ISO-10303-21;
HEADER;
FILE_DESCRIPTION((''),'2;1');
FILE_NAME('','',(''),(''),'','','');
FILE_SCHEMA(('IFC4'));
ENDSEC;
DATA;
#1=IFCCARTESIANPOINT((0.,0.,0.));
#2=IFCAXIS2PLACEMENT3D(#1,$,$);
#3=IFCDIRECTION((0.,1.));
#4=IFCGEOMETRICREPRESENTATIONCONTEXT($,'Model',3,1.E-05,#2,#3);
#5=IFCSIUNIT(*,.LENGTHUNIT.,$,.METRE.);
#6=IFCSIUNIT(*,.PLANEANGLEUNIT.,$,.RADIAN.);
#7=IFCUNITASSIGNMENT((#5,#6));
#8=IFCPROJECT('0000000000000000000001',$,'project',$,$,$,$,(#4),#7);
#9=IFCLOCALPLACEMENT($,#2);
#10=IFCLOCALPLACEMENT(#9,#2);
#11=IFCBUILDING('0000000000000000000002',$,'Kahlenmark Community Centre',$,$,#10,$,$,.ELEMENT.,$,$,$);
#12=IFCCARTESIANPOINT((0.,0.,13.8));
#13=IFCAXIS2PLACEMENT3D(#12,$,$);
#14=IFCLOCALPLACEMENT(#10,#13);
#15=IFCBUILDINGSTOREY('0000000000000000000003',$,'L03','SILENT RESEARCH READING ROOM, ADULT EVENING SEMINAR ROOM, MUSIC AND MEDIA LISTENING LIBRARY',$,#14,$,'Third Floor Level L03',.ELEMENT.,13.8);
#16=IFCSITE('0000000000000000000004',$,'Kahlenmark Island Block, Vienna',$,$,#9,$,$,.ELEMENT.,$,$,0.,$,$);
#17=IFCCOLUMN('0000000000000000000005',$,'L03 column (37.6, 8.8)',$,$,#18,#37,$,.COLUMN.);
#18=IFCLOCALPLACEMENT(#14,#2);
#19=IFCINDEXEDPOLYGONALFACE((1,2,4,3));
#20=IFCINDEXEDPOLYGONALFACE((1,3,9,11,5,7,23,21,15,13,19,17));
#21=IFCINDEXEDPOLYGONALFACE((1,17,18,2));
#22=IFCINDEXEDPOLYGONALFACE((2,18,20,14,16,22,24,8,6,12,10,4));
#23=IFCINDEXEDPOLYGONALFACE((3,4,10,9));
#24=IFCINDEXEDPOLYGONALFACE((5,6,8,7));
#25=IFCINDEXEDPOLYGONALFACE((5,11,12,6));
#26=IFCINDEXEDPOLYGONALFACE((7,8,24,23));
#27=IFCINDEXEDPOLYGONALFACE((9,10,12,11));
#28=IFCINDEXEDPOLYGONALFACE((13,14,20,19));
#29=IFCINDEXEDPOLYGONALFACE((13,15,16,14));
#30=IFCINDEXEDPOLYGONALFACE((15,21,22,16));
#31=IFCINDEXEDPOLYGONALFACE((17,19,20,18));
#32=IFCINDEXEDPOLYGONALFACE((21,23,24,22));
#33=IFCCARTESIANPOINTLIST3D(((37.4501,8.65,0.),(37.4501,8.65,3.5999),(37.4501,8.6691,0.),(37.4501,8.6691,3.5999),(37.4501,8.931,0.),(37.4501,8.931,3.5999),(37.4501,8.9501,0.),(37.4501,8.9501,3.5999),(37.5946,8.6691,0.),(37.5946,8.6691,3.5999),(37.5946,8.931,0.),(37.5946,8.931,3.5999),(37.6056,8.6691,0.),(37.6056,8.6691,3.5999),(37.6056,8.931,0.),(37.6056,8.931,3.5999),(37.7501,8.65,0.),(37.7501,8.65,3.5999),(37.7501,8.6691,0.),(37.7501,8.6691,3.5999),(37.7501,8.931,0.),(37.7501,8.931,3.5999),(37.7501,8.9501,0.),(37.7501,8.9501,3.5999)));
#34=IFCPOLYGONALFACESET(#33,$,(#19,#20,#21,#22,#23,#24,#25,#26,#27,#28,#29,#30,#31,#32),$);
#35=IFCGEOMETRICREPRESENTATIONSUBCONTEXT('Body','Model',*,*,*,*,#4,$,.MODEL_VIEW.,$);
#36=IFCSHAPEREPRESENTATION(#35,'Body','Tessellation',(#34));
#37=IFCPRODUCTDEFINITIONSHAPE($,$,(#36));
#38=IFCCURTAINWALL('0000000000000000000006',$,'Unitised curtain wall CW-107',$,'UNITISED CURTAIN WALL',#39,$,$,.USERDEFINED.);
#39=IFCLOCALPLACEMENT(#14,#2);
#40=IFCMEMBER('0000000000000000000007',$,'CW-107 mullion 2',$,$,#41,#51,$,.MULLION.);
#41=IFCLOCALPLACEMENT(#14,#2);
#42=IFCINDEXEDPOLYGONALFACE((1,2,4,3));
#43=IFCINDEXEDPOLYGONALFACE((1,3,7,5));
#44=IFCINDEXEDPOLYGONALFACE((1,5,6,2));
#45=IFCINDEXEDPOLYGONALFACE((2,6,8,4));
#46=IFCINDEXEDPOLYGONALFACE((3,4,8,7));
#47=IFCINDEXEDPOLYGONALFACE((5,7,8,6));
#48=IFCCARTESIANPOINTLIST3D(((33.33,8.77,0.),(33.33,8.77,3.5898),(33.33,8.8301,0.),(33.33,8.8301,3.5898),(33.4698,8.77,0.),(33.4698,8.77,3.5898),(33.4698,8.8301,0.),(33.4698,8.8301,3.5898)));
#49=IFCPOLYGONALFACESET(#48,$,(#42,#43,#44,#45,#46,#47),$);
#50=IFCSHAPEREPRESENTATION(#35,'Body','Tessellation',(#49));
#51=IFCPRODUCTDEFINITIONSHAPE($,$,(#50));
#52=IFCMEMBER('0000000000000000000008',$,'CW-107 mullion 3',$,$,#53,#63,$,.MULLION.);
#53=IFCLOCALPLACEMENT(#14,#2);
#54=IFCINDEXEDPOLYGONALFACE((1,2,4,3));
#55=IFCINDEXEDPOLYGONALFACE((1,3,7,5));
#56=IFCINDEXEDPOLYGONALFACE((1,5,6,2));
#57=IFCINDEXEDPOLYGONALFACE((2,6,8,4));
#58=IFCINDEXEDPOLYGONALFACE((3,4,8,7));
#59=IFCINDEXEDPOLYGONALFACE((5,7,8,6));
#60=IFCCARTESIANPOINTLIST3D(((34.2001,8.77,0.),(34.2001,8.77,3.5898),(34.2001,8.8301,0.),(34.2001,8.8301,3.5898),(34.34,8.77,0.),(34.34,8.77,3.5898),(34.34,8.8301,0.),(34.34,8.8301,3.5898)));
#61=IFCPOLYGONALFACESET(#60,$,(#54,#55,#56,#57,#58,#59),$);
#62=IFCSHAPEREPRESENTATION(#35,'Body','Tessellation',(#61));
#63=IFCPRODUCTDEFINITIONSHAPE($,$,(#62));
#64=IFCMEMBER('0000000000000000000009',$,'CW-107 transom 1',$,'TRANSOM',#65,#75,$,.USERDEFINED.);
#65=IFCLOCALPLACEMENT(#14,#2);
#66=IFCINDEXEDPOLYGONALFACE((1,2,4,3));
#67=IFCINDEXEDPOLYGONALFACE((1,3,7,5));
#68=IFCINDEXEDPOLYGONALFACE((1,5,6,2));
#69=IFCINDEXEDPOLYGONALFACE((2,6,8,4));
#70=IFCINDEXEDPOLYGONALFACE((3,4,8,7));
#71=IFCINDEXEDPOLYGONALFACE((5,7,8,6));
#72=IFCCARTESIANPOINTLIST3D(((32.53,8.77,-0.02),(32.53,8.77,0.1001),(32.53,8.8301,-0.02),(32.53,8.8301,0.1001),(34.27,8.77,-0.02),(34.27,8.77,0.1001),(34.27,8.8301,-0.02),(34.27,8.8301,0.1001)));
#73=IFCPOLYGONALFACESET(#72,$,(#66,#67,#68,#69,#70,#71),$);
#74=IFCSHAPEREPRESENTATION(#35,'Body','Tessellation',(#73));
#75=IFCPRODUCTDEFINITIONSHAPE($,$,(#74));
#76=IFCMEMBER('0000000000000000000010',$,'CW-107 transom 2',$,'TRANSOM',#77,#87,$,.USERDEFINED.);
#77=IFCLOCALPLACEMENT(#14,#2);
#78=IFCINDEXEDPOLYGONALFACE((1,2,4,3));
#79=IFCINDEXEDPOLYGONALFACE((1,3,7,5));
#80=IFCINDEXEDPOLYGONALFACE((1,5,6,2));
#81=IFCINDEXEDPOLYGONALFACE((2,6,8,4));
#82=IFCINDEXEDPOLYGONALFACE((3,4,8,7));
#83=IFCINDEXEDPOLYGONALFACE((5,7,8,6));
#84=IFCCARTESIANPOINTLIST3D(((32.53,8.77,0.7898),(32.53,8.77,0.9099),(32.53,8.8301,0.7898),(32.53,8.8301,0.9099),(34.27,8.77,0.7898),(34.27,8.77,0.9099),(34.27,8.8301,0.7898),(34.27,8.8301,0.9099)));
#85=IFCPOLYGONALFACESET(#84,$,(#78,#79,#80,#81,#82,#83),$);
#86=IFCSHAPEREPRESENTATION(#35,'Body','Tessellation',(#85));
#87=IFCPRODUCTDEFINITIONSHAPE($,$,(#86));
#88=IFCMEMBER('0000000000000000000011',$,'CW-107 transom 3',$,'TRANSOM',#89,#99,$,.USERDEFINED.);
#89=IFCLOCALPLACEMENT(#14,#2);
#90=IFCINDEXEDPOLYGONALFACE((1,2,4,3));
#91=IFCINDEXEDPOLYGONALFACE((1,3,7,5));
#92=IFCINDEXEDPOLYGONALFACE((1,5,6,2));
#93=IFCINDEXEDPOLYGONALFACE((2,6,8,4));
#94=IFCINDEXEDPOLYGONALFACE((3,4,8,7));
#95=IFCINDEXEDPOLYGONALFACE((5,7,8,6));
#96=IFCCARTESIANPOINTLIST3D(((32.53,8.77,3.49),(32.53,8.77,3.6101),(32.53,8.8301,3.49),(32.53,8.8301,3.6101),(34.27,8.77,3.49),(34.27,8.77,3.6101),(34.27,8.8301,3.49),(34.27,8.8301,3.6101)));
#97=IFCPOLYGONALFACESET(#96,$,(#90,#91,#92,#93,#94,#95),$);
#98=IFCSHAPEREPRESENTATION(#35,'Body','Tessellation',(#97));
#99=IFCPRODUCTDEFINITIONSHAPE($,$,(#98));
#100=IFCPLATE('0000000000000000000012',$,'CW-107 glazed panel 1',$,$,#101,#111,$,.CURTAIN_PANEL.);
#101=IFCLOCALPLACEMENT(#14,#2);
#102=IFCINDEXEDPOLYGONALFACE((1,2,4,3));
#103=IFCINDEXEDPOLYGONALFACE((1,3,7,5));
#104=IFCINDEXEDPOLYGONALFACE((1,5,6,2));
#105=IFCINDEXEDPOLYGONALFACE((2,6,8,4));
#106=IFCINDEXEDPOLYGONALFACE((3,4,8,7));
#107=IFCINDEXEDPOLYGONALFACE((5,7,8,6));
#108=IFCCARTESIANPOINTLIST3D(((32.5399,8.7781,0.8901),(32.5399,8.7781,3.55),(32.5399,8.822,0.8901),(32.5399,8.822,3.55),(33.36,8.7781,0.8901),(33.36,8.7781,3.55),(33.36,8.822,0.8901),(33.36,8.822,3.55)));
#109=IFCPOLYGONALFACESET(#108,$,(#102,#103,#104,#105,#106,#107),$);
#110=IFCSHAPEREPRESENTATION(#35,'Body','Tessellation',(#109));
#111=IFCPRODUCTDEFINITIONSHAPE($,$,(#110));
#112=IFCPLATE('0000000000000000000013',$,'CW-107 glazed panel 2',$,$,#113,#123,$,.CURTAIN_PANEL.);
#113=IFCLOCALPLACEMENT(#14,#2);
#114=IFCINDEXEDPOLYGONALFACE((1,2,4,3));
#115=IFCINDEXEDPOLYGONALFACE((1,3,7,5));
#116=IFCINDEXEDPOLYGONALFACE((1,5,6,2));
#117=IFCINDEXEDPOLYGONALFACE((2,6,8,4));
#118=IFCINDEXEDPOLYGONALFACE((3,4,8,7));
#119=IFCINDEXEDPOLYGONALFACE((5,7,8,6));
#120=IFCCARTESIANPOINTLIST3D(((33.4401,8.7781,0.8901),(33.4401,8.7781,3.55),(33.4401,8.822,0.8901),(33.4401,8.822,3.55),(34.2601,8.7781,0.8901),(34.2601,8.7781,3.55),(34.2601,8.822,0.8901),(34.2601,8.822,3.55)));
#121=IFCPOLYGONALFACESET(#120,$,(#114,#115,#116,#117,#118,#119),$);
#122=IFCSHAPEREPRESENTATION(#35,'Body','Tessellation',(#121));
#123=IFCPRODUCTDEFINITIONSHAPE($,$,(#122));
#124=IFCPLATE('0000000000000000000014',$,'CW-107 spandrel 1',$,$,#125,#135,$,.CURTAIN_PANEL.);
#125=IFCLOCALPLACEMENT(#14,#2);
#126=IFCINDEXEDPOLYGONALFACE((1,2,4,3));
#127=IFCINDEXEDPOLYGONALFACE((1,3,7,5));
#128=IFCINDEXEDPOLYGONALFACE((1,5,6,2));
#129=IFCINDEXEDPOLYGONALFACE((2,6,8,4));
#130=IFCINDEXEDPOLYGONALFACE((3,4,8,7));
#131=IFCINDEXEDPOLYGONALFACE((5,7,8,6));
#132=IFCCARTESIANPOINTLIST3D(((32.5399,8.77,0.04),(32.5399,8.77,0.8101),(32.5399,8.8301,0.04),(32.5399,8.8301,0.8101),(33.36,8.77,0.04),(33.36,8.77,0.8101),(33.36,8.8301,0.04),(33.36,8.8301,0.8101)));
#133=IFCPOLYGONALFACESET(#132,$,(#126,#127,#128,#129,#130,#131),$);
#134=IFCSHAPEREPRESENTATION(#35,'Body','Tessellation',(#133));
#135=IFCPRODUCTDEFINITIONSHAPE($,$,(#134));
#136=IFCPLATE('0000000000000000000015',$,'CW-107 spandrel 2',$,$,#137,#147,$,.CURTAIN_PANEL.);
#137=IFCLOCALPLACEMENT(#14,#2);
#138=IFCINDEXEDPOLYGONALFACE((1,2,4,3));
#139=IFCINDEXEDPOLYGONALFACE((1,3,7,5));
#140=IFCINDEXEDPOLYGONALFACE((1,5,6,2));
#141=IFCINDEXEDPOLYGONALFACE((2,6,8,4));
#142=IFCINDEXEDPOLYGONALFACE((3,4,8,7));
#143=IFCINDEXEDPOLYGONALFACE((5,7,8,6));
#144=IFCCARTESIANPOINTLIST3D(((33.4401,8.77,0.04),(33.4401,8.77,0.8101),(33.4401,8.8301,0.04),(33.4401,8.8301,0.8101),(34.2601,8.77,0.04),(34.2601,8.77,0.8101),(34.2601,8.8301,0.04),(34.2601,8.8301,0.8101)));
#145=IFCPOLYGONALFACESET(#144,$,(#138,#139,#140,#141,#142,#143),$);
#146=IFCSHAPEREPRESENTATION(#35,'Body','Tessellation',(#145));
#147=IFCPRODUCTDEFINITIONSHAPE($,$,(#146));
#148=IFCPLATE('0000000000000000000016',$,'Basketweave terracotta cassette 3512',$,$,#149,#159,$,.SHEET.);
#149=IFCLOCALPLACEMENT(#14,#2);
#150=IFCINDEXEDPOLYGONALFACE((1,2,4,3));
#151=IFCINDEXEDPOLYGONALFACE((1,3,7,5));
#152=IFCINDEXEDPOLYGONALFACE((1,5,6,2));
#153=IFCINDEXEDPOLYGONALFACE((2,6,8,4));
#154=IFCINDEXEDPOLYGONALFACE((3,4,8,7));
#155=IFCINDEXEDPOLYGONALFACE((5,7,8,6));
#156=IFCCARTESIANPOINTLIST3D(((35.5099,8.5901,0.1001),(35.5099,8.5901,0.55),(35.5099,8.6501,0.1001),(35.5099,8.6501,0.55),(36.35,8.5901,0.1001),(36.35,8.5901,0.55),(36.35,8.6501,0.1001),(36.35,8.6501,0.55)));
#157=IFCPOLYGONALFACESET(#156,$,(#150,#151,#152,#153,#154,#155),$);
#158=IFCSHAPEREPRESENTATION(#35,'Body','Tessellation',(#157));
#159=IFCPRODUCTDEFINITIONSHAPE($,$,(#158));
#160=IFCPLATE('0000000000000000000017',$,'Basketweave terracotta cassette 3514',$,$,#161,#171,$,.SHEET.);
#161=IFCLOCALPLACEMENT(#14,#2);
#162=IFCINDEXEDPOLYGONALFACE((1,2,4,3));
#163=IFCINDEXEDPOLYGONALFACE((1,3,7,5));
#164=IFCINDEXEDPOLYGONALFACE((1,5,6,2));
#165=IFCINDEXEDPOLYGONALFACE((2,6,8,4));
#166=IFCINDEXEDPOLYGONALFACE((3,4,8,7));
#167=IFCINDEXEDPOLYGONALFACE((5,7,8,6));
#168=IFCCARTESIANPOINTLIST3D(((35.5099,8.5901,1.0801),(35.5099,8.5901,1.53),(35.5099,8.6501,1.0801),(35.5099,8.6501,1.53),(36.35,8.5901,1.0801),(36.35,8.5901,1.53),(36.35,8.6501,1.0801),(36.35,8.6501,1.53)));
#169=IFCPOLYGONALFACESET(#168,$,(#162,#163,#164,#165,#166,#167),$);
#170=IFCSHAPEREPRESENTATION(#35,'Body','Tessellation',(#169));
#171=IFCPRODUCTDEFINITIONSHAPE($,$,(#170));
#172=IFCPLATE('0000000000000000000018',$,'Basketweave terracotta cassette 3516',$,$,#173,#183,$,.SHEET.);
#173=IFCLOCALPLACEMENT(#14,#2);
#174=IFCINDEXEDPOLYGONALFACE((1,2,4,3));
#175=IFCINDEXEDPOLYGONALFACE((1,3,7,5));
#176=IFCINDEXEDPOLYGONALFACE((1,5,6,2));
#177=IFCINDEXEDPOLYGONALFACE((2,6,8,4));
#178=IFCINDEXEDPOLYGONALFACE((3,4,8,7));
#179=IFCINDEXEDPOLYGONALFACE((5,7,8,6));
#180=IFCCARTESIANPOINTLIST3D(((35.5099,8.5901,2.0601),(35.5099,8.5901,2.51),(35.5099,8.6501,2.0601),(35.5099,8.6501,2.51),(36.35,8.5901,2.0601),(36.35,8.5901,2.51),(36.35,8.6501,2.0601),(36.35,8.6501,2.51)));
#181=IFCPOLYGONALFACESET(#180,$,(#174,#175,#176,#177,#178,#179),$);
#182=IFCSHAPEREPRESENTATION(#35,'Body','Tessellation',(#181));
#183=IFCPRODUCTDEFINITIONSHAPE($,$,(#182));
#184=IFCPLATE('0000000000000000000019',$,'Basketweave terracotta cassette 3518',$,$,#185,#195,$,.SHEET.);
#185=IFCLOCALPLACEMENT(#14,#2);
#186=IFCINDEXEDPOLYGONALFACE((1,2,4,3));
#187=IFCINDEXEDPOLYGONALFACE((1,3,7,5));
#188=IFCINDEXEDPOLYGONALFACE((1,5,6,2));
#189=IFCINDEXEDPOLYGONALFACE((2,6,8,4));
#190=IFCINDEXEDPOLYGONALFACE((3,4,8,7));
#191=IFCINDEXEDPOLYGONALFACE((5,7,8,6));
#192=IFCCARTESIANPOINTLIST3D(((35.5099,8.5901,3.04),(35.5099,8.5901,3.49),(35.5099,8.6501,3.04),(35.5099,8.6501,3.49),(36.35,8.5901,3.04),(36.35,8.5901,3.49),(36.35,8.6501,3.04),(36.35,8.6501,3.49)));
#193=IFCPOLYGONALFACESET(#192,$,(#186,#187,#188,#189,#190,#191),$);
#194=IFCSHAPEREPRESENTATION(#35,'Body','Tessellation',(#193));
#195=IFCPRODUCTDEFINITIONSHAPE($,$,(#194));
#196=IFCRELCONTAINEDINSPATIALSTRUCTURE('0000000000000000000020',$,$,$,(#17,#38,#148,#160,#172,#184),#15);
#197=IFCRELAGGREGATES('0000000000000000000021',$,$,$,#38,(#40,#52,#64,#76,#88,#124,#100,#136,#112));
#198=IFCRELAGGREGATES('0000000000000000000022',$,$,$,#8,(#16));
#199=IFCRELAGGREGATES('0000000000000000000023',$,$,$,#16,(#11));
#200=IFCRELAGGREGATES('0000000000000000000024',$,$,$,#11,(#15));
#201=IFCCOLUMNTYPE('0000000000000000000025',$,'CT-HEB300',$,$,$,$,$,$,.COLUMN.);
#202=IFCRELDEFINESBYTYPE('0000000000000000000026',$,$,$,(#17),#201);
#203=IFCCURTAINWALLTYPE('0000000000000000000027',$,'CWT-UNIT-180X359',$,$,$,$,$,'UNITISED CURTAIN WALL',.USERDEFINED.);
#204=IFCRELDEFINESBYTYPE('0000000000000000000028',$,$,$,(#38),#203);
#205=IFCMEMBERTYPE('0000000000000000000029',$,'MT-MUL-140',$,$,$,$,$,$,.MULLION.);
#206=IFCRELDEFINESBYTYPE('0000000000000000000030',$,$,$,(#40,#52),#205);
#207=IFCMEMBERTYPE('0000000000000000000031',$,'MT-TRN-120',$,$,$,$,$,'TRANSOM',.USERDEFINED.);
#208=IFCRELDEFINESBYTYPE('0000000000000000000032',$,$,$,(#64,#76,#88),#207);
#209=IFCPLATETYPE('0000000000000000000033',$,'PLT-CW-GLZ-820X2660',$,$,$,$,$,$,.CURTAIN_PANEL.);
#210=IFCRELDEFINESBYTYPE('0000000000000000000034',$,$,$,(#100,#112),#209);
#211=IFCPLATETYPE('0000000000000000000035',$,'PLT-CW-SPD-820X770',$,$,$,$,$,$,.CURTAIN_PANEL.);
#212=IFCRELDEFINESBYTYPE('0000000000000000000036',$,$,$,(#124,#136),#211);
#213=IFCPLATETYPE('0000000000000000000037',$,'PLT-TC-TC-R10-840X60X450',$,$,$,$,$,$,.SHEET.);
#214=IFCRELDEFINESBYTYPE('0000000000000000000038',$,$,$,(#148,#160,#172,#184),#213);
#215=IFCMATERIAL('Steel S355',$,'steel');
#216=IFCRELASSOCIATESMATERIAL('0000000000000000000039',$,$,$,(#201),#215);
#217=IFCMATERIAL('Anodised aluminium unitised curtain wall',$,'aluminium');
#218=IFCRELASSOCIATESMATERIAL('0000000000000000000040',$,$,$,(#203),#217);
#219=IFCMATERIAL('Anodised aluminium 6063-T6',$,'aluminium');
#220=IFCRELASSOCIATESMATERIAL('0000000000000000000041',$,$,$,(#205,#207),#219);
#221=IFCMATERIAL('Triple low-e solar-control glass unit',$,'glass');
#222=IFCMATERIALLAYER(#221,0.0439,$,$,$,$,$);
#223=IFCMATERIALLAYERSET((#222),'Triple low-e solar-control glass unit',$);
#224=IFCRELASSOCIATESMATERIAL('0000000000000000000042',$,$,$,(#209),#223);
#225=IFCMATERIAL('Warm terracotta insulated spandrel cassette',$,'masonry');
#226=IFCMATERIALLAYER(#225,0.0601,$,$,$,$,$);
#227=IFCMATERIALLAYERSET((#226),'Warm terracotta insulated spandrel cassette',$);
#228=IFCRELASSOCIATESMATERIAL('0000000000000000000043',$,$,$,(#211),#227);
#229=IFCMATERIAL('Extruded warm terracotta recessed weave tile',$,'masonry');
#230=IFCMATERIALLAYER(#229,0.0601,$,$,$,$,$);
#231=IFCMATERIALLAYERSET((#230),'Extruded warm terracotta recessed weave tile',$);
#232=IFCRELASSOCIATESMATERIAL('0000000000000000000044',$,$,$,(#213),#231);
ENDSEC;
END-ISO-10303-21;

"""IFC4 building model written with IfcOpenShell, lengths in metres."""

from ifc_helpers import new_model, si_unit, direction, frame, origin, origin_2d, place, context, subcontext, project, spatial, rectangle, i_section, extrude, material, layer, layer_set, material_profile, profile_set, type_object, element, aggregate, save


model = new_model("IFC4")

# Units and contexts
model_context = context("Model", 3, precision=1e-05, world=origin(), true_north=direction((0.0, 1.0)))
body_context = subcontext(model_context, "Body", "Model", "MODEL_VIEW")
ifc_project = project(units=[si_unit("LENGTHUNIT", "METRE"), si_unit("PLANEANGLEUNIT", "RADIAN")], contexts=[model_context])

# Site, building, storey
site_placement = place(None, origin())
site = spatial("IfcSite", under=ifc_project, at=site_placement, Name="Kahlenmark Island Block, Vienna", CompositionType="ELEMENT", RefElevation=0.0)
building_placement = place(site_placement, origin())
building = spatial("IfcBuilding", under=site, at=building_placement, Name="Kahlenmark Community Centre", CompositionType="ELEMENT")
storey_placement = place(building_placement, frame((0.0, 0.0, 13.8)))
storey = spatial("IfcBuildingStorey", under=building, at=storey_placement, Name="L03", Description="SILENT RESEARCH READING ROOM, ADULT EVENING SEMINAR ROOM, MUSIC AND MEDIA LISTENING LIBRARY", LongName="Third Floor Level L03", CompositionType="ELEMENT", Elevation=13.8)

# Column
ifc_material_1 = material(Name="Steel S355", Category="steel")
ifc_material_profile_1 = material_profile(ifc_material_1, i_section(OverallWidth=0.3, OverallDepth=0.3, WebThickness=0.011, FlangeThickness=0.019, at=origin_2d()), Name="HEB 300")
ifc_profile_set_1 = profile_set([ifc_material_profile_1], Name="Steel S355")
column_type = type_object("IfcColumnType", Name="CT-HEB300", PredefinedType="COLUMN", material=ifc_profile_set_1)
column_placement = place(storey_placement, frame((37.6001, 8.8, 0.0), z_axis=(0.0, 0.0, 1.0), x_axis=(1.0, 0.0, 0.0)))
element("IfcColumn", 1, at=column_placement, inside=storey, type_object=column_type, Name="L03 column (37.6, 8.8)", PredefinedType="COLUMN", context=body_context, shape_type="SweptSolid", body=[
    extrude(i_section(OverallWidth=0.3, OverallDepth=0.3, WebThickness=0.011, FlangeThickness=0.019, at=origin_2d()), origin(), (0.0, 0.0, 1.0), 3.5999),
])

# Curtain wall, members, plates
ifc_material_2 = material(Name="Anodised aluminium unitised curtain wall", Category="aluminium")
curtain_wall_type = type_object("IfcCurtainWallType", Name="CWT-UNIT-180X359", ElementType="UNITISED CURTAIN WALL", PredefinedType="USERDEFINED", material=ifc_material_2)
curtain_wall_placement = place(storey_placement, origin())
curtain_wall = element("IfcCurtainWall", 2, at=curtain_wall_placement, inside=storey, type_object=curtain_wall_type, Name="Unitised curtain wall CW-107", ObjectType="UNITISED CURTAIN WALL", PredefinedType="USERDEFINED")
ifc_material_3 = material(Name="Anodised aluminium 6063-T6", Category="aluminium")
ifc_material_profile_2 = material_profile(ifc_material_3, rectangle(XDim=0.0601, YDim=0.1399, at=origin_2d()), Name="ALU MULLION 60x140")
ifc_profile_set_2 = profile_set([ifc_material_profile_2], Name="Anodised aluminium 6063-T6")
member_type_1 = type_object("IfcMemberType", Name="MT-MUL-140", PredefinedType="MULLION", material=ifc_profile_set_2)
member_1_placement = place(storey_placement, frame((33.3999, 8.8, 0.0), z_axis=(0.0, 0.0, 1.0), x_axis=(0.0, 1.0, 0.0)))
member_1 = element("IfcMember", 3, at=member_1_placement, type_object=member_type_1, Name="CW-107 mullion 2", PredefinedType="MULLION", context=body_context, shape_type="SweptSolid", body=[
    extrude(rectangle(XDim=0.0601, YDim=0.1399, at=origin_2d()), origin(), (0.0, 0.0, 1.0), 3.5898),
])
member_2_placement = place(storey_placement, frame((34.27, 8.8, 0.0), z_axis=(0.0, 0.0, 1.0), x_axis=(0.0, 1.0, 0.0)))
member_2 = element("IfcMember", 4, at=member_2_placement, type_object=member_type_1, Name="CW-107 mullion 3", PredefinedType="MULLION", context=body_context, shape_type="SweptSolid", body=[
    extrude(rectangle(XDim=0.0601, YDim=0.1399, at=origin_2d()), origin(), (0.0, 0.0, 1.0), 3.5898),
])
ifc_material_profile_3 = material_profile(ifc_material_3, rectangle(XDim=0.0601, YDim=0.1201, at=origin_2d()), Name="ALU TRANSOM 60x120")
ifc_profile_set_3 = profile_set([ifc_material_profile_3], Name="Anodised aluminium 6063-T6")
member_type_2 = type_object("IfcMemberType", Name="MT-TRN-120", ElementType="TRANSOM", PredefinedType="USERDEFINED", material=ifc_profile_set_3)
member_3_placement = place(storey_placement, frame((32.53, 8.8, 0.04), z_axis=(1.0, 0.0, 0.0), x_axis=(0.0, 1.0, 0.0)))
member_3 = element("IfcMember", 5, at=member_3_placement, type_object=member_type_2, Name="CW-107 transom 1", ObjectType="TRANSOM", PredefinedType="USERDEFINED", context=body_context, shape_type="SweptSolid", body=[
    extrude(rectangle(XDim=0.0601, YDim=0.1201, at=origin_2d()), origin(), (0.0, 0.0, 1.0), 1.74),
])
member_4_placement = place(storey_placement, frame((32.53, 8.8, 0.8499), z_axis=(1.0, 0.0, 0.0), x_axis=(0.0, 1.0, 0.0)))
member_4 = element("IfcMember", 6, at=member_4_placement, type_object=member_type_2, Name="CW-107 transom 2", ObjectType="TRANSOM", PredefinedType="USERDEFINED", context=body_context, shape_type="SweptSolid", body=[
    extrude(rectangle(XDim=0.0601, YDim=0.1201, at=origin_2d()), origin(), (0.0, 0.0, 1.0), 1.74),
])
member_5_placement = place(storey_placement, frame((32.53, 8.8, 3.55), z_axis=(1.0, 0.0, 0.0), x_axis=(0.0, 1.0, 0.0)))
member_5 = element("IfcMember", 7, at=member_5_placement, type_object=member_type_2, Name="CW-107 transom 3", ObjectType="TRANSOM", PredefinedType="USERDEFINED", context=body_context, shape_type="SweptSolid", body=[
    extrude(rectangle(XDim=0.0601, YDim=0.1201, at=origin_2d()), origin(), (0.0, 0.0, 1.0), 1.74),
])
ifc_material_4 = material(Name="Triple low-e solar-control glass unit", Category="glass")
ifc_layer_1 = layer(ifc_material_4, 0.0439)
ifc_layer_set_1 = layer_set([ifc_layer_1], Name="Triple low-e solar-control glass unit")
plate_type_1 = type_object("IfcPlateType", Name="PLT-CW-GLZ-820X2660", PredefinedType="CURTAIN_PANEL", material=ifc_layer_set_1)
plate_1_placement = place(storey_placement, frame((32.95, 8.8, 0.8901), z_axis=(0.0, 0.0, 1.0), x_axis=(1.0, 0.0, 0.0)))
plate_1 = element("IfcPlate", 8, at=plate_1_placement, type_object=plate_type_1, Name="CW-107 glazed panel 1", PredefinedType="CURTAIN_PANEL", context=body_context, shape_type="SweptSolid", body=[
    extrude(rectangle(XDim=0.8201, YDim=0.0439, at=origin_2d()), origin(), (0.0, 0.0, 1.0), 2.6599),
])
plate_2_placement = place(storey_placement, frame((33.8501, 8.8, 0.8901), z_axis=(0.0, 0.0, 1.0), x_axis=(1.0, 0.0, 0.0)))
plate_2 = element("IfcPlate", 9, at=plate_2_placement, type_object=plate_type_1, Name="CW-107 glazed panel 2", PredefinedType="CURTAIN_PANEL", context=body_context, shape_type="SweptSolid", body=[
    extrude(rectangle(XDim=0.8201, YDim=0.0439, at=origin_2d()), origin(), (0.0, 0.0, 1.0), 2.6599),
])
ifc_material_5 = material(Name="Warm terracotta insulated spandrel cassette", Category="masonry")
ifc_layer_2 = layer(ifc_material_5, 0.0601)
ifc_layer_set_2 = layer_set([ifc_layer_2], Name="Warm terracotta insulated spandrel cassette")
plate_type_2 = type_object("IfcPlateType", Name="PLT-CW-SPD-820X770", PredefinedType="CURTAIN_PANEL", material=ifc_layer_set_2)
plate_3_placement = place(storey_placement, frame((32.95, 8.8, 0.04), z_axis=(0.0, 0.0, 1.0), x_axis=(1.0, 0.0, 0.0)))
plate_3 = element("IfcPlate", 10, at=plate_3_placement, type_object=plate_type_2, Name="CW-107 spandrel 1", PredefinedType="CURTAIN_PANEL", context=body_context, shape_type="SweptSolid", body=[
    extrude(rectangle(XDim=0.8201, YDim=0.0601, at=origin_2d()), origin(), (0.0, 0.0, 1.0), 0.77),
])
plate_4_placement = place(storey_placement, frame((33.8501, 8.8, 0.04), z_axis=(0.0, 0.0, 1.0), x_axis=(1.0, 0.0, 0.0)))
plate_4 = element("IfcPlate", 11, at=plate_4_placement, type_object=plate_type_2, Name="CW-107 spandrel 2", PredefinedType="CURTAIN_PANEL", context=body_context, shape_type="SweptSolid", body=[
    extrude(rectangle(XDim=0.8201, YDim=0.0601, at=origin_2d()), origin(), (0.0, 0.0, 1.0), 0.77),
])
aggregate(curtain_wall, [member_1, member_2, member_3, member_4, member_5, plate_3, plate_1, plate_4, plate_2])

# Plates
ifc_material_6 = material(Name="Extruded warm terracotta recessed weave tile", Category="masonry")
ifc_layer_3 = layer(ifc_material_6, 0.0601)
ifc_layer_set_3 = layer_set([ifc_layer_3], Name="Extruded warm terracotta recessed weave tile")
plate_type_3 = type_object("IfcPlateType", Name="PLT-TC-TC-R10-840X60X450", PredefinedType="SHEET", material=ifc_layer_set_3)
for number, where, z_axis, x_axis, name in (
    (12, (35.9299, 8.6201, 0.1001), (0.0, 0.0, 1.0), (1.0, 0.0, 0.0), "Basketweave terracotta cassette 3512"),
    (13, (35.9299, 8.6201, 1.0801), (0.0, 0.0, 1.0), (1.0, 0.0, 0.0), "Basketweave terracotta cassette 3514"),
    (14, (35.9299, 8.6201, 2.0601), (0.0, 0.0, 1.0), (1.0, 0.0, 0.0), "Basketweave terracotta cassette 3516"),
    (15, (35.9299, 8.6201, 3.04), (0.0, 0.0, 1.0), (1.0, 0.0, 0.0), "Basketweave terracotta cassette 3518"),
):
    element("IfcPlate", number, at=place(storey_placement, frame(where, z_axis=z_axis, x_axis=x_axis)), inside=storey, type_object=plate_type_3, Name=name, PredefinedType="SHEET", context=body_context, shape_type="SweptSolid", body=[
        extrude(rectangle(XDim=0.8401, YDim=0.0601, at=origin_2d()), origin(), (0.0, 0.0, 1.0), 0.45),
    ])

save(model, "model.ifc")
